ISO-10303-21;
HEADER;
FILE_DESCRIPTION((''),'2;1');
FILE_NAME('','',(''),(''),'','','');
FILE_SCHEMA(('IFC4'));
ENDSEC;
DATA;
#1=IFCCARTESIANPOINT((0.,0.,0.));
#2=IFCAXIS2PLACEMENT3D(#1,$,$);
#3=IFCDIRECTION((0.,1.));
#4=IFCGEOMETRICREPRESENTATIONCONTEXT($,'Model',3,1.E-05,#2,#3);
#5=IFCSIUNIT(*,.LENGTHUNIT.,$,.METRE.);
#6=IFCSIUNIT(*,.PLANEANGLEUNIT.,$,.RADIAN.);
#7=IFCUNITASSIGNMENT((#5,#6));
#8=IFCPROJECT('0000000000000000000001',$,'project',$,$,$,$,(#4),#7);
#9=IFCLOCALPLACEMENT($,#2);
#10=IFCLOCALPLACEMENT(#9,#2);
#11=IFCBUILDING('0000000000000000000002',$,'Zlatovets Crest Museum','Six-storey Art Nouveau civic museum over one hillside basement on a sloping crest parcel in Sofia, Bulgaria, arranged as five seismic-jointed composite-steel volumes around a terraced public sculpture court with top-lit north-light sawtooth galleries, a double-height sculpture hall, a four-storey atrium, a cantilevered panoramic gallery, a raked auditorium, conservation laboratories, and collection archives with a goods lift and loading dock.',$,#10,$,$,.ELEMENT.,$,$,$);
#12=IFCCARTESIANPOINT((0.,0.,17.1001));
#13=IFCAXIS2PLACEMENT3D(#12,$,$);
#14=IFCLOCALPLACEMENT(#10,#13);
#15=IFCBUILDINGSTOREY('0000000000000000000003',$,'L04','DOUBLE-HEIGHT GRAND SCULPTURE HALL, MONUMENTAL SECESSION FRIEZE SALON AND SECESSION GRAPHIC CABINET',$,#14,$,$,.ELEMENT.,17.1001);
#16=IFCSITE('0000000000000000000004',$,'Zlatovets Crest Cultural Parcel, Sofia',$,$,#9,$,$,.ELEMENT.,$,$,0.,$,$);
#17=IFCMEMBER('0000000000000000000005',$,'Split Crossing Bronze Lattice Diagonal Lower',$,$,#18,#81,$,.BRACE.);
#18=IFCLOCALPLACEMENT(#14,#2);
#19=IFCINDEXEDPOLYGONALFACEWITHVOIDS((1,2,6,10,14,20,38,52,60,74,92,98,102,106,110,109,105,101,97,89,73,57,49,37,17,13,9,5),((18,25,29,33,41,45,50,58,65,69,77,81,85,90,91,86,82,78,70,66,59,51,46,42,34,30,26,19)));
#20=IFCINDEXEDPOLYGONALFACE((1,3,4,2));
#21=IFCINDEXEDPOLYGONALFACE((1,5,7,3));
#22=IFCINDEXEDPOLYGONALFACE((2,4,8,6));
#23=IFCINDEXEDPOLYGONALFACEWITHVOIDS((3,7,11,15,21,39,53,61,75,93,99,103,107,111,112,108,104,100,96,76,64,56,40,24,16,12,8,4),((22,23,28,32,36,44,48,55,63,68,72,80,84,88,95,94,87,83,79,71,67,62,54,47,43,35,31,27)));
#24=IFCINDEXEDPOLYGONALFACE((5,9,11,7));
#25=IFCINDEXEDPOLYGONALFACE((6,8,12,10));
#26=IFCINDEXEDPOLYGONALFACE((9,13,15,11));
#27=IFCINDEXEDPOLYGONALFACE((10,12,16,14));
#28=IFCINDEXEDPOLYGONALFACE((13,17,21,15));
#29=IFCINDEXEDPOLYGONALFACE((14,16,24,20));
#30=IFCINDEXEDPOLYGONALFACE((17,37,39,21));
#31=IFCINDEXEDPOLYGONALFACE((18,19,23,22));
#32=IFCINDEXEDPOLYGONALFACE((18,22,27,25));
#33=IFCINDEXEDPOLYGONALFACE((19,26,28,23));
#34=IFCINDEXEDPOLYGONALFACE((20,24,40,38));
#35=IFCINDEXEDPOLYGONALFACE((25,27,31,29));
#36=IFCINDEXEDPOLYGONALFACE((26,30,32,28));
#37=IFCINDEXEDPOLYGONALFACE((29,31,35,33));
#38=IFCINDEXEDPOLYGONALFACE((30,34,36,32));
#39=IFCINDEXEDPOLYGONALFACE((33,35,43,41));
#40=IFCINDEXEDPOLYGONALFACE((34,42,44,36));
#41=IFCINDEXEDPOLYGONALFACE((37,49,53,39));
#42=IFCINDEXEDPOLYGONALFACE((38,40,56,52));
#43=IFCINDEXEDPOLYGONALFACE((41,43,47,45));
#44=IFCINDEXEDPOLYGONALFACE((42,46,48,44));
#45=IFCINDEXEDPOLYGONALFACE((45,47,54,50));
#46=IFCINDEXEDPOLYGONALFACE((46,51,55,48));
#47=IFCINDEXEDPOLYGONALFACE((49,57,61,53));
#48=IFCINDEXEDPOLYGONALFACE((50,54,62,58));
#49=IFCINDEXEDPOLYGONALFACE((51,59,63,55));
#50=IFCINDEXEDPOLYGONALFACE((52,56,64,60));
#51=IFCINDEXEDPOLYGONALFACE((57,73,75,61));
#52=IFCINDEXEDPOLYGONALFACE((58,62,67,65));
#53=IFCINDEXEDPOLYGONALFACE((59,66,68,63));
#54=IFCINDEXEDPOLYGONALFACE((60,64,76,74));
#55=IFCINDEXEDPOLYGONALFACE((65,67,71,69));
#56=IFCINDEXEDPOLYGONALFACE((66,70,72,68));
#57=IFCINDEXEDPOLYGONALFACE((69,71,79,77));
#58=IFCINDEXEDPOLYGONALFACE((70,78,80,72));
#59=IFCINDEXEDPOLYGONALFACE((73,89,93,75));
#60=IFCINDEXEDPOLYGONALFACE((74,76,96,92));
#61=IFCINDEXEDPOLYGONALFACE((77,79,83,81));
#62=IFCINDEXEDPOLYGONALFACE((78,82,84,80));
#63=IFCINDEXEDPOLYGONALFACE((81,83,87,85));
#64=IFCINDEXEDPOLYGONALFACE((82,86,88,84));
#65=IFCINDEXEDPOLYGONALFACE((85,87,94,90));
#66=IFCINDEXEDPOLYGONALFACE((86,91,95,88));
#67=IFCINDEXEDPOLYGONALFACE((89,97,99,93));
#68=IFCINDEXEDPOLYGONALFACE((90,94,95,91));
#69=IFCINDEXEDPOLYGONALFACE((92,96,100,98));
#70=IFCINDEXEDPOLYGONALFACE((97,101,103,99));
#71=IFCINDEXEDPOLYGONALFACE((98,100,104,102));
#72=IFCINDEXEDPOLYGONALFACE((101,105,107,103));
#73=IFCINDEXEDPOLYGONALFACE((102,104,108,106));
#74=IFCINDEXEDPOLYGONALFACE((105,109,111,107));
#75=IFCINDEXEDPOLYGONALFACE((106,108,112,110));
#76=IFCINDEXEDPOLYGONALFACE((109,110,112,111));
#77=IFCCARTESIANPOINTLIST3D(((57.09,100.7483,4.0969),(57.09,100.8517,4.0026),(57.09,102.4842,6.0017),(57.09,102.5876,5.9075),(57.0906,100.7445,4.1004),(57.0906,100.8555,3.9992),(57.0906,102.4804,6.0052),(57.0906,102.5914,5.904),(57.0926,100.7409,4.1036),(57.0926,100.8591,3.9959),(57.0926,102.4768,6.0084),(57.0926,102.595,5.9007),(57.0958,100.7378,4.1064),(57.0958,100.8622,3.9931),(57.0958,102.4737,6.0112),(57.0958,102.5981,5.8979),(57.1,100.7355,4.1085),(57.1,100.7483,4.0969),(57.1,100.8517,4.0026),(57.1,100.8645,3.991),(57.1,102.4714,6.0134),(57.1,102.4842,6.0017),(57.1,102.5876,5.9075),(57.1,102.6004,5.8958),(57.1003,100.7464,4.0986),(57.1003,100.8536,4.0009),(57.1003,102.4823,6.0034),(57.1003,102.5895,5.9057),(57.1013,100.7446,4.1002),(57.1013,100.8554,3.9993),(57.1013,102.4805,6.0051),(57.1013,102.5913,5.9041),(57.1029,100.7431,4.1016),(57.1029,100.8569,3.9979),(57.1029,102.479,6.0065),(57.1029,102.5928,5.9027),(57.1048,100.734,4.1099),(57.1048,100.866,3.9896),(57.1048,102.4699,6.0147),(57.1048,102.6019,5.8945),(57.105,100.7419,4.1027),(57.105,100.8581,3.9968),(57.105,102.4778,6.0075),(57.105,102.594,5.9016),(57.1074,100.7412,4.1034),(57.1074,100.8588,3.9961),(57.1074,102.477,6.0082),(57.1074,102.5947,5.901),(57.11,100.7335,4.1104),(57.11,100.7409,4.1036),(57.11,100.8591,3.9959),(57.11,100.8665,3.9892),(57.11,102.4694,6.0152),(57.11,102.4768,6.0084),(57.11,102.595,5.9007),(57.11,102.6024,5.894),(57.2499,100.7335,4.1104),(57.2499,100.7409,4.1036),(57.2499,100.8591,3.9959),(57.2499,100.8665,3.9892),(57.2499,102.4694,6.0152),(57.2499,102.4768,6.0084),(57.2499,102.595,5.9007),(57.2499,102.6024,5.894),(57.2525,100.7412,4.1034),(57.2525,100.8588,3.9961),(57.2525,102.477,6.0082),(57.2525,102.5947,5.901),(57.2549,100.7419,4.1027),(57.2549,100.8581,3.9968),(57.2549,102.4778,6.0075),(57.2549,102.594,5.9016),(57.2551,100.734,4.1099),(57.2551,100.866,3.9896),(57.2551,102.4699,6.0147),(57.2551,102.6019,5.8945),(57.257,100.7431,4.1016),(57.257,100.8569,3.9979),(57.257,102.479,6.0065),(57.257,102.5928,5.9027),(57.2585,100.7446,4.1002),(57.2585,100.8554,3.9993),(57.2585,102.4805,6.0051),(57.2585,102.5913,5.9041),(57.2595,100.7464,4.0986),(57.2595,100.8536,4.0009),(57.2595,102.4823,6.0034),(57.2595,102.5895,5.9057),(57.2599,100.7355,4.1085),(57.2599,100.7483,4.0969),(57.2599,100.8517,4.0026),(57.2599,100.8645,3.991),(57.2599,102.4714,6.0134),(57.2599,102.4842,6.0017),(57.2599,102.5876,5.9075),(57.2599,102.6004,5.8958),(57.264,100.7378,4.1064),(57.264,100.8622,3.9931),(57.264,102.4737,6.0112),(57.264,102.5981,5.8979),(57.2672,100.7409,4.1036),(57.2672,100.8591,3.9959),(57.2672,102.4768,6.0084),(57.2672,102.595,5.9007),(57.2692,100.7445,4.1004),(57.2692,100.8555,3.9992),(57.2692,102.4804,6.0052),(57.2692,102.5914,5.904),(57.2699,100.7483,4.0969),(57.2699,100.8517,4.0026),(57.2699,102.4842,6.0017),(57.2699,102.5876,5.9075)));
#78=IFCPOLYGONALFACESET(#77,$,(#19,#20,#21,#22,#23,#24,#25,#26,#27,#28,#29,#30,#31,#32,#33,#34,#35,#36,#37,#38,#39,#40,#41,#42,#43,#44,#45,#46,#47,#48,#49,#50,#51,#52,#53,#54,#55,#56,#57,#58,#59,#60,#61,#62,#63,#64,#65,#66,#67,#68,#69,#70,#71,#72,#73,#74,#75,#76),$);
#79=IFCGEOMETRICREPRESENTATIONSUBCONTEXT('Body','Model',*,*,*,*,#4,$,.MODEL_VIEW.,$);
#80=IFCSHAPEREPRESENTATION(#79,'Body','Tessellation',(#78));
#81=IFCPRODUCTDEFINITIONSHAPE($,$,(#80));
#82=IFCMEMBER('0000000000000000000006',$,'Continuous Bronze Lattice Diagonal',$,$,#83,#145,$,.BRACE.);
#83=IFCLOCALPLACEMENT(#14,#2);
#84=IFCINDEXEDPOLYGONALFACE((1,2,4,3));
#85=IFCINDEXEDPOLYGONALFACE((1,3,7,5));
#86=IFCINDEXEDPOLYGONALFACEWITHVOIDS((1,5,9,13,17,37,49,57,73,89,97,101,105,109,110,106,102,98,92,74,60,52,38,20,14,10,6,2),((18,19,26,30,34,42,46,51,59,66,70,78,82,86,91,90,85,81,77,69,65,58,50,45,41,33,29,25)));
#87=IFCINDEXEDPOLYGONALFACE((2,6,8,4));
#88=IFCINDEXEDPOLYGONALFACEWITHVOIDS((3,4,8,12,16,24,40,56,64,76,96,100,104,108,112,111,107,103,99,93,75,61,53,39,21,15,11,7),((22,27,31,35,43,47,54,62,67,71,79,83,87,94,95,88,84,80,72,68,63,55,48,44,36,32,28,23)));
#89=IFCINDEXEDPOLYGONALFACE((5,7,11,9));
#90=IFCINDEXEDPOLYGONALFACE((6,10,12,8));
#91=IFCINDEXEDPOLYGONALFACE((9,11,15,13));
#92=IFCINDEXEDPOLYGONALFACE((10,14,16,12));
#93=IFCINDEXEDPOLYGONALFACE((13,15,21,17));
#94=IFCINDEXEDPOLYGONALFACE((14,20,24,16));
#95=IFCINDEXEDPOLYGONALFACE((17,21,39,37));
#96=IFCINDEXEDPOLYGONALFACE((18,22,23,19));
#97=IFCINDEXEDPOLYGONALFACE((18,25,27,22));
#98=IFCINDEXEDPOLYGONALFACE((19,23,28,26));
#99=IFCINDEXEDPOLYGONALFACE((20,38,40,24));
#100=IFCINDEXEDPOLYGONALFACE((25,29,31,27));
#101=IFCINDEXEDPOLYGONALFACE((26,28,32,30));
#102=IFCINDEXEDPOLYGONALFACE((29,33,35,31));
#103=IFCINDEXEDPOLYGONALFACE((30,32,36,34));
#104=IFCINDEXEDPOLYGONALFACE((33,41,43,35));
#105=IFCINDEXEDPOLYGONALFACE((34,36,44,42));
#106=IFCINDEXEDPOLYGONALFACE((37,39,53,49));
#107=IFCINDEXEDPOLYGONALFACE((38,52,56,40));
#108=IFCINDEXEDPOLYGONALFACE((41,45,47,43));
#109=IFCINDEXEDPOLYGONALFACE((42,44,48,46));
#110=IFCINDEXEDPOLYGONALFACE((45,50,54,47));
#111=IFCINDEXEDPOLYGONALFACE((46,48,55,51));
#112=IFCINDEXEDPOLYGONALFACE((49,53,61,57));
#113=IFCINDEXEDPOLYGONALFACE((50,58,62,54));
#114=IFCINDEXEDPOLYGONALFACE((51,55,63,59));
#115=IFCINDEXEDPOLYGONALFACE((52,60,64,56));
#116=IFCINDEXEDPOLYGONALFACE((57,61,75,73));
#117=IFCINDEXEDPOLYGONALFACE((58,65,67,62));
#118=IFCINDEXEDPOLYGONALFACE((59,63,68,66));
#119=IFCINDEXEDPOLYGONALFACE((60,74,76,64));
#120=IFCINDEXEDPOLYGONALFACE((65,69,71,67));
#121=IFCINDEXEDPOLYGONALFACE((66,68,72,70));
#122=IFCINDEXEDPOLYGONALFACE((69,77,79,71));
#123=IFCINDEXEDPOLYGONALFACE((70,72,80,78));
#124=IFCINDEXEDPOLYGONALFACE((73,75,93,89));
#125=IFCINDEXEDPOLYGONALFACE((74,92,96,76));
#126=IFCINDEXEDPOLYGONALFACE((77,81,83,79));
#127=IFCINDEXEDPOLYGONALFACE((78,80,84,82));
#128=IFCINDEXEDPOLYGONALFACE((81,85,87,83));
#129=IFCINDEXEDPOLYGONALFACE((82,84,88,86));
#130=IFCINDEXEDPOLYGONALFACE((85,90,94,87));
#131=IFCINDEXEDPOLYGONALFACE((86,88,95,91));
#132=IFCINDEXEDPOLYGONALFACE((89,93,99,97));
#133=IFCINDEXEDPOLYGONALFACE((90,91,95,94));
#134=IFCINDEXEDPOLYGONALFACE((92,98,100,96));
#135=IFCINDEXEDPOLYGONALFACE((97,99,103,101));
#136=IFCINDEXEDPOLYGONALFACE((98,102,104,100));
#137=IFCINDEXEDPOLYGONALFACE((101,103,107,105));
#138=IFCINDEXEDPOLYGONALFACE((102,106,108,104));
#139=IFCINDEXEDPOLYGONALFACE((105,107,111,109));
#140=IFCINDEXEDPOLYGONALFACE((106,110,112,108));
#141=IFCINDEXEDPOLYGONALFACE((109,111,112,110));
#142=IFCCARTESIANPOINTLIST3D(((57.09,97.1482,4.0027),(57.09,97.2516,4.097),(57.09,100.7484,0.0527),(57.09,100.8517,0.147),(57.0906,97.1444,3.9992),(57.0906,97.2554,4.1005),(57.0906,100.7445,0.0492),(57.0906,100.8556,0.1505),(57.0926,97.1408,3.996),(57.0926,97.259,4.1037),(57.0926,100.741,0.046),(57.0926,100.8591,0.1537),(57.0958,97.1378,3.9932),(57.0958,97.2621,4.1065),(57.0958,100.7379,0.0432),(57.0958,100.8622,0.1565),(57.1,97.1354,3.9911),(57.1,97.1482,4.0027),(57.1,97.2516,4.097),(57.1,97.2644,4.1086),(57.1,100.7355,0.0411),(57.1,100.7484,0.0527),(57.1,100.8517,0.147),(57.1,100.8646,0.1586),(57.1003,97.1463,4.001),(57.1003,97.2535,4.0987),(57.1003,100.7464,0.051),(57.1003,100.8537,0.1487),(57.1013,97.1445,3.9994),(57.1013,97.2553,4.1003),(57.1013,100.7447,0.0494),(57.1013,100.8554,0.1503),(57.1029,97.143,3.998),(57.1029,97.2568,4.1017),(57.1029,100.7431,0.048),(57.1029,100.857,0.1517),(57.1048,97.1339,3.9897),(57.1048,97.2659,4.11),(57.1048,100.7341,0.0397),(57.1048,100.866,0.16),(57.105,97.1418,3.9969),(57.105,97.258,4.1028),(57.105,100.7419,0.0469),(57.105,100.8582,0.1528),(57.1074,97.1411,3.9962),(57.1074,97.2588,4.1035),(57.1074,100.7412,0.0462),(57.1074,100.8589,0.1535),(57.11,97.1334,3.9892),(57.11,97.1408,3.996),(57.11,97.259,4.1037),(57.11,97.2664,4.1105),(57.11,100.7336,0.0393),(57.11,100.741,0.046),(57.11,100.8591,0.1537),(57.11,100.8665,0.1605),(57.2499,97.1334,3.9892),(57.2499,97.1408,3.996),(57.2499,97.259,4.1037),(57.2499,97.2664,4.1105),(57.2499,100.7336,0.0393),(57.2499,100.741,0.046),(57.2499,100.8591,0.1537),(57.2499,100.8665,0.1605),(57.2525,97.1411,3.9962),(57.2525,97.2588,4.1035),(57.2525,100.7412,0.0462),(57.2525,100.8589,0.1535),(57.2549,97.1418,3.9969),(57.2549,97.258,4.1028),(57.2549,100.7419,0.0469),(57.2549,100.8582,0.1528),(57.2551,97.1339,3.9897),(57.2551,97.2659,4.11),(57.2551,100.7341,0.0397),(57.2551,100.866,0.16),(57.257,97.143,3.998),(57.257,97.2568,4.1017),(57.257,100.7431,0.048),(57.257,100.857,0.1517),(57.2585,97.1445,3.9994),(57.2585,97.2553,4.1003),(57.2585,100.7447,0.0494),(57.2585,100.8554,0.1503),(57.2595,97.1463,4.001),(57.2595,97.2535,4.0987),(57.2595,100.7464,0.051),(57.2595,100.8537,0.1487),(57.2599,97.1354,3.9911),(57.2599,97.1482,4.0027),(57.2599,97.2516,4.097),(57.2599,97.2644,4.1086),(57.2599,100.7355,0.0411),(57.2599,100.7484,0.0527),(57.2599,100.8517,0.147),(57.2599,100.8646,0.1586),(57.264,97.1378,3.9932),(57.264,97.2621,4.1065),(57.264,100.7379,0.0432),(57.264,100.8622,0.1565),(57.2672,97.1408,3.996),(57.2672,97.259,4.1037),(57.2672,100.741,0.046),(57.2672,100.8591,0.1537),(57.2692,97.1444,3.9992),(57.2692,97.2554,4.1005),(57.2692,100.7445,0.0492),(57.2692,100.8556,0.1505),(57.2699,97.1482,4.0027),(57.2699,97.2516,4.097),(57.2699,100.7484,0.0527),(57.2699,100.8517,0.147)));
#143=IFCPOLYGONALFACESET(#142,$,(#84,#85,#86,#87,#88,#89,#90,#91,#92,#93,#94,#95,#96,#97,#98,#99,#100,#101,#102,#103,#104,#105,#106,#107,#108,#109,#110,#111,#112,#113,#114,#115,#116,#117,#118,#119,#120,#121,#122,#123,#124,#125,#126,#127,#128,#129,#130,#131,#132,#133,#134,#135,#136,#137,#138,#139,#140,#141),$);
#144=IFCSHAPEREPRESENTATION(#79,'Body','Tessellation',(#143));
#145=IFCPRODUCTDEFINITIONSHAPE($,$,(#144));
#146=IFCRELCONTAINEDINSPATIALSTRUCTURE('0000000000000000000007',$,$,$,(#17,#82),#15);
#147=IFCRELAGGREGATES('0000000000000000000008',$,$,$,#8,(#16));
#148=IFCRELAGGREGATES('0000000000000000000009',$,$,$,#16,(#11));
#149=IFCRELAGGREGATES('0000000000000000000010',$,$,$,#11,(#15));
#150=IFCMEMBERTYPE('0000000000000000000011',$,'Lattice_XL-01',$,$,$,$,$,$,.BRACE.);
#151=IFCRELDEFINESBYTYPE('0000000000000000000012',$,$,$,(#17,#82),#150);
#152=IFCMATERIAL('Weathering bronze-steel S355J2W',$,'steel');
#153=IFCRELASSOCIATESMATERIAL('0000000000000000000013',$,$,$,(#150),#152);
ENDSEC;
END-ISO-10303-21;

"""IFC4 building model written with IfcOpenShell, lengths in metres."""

from ifc_helpers import new_model, si_unit, direction, frame, origin, origin_2d, place, context, subcontext, project, spatial, hollow_rectangle, extrude, material, material_profile, profile_set, type_object, element, save


model = new_model("IFC4")

# Units and contexts
model_context = context("Model", 3, precision=1e-05, world=origin(), true_north=direction((0.0, 1.0)))
body_context = subcontext(model_context, "Body", "Model", "MODEL_VIEW")
ifc_project = project(units=[si_unit("LENGTHUNIT", "METRE"), si_unit("PLANEANGLEUNIT", "RADIAN")], contexts=[model_context])

# Site, building, storey
site_placement = place(None, origin())
site = spatial("IfcSite", under=ifc_project, at=site_placement, Name="Zlatovets Crest Cultural Parcel, Sofia", CompositionType="ELEMENT", RefElevation=0.0)
building_placement = place(site_placement, origin())
building = spatial("IfcBuilding", under=site, at=building_placement, Name="Zlatovets Crest Museum", Description="Six-storey Art Nouveau civic museum over one hillside basement on a sloping crest parcel in Sofia, Bulgaria, arranged as five seismic-jointed composite-steel volumes around a terraced public sculpture court with top-lit north-light sawtooth galleries, a double-height sculpture hall, a four-storey atrium, a cantilevered panoramic gallery, a raked auditorium, conservation laboratories, and collection archives with a goods lift and loading dock.", CompositionType="ELEMENT")
storey_placement = place(building_placement, frame((0.0, 0.0, 17.1001)))
storey = spatial("IfcBuildingStorey", under=building, at=storey_placement, Name="L04", Description="DOUBLE-HEIGHT GRAND SCULPTURE HALL, MONUMENTAL SECESSION FRIEZE SALON AND SECESSION GRAPHIC CABINET", CompositionType="ELEMENT", Elevation=17.1001)

# Members
ifc_material_1 = material(Name="Weathering bronze-steel S355J2W", Category="steel")
ifc_material_profile_1 = material_profile(ifc_material_1, hollow_rectangle(XDim=0.1799, YDim=0.1799, WallThickness=0.01, InnerFilletRadius=0.01, OuterFilletRadius=0.02, at=origin_2d()), Name="SHS 180x180x10.0")
ifc_profile_set_1 = profile_set([ifc_material_profile_1], Name="Weathering bronze-steel S355J2W")
member_type_1 = type_object("IfcMemberType", Name="Lattice_XL-01", PredefinedType="BRACE", material=ifc_profile_set_1)
for number, where, z_axis, x_axis, name in (
    (1, (57.1799, 102.5359, 5.9546), (0.0, -0.673568, -0.739125), (1.0, 0.0, 0.0), "Split Crossing Bronze Lattice Diagonal Lower"),
):
    element("IfcMember", number, at=place(storey_placement, frame(where, z_axis=z_axis, x_axis=x_axis)), inside=storey, type_object=member_type_1, Name=name, PredefinedType="BRACE", context=body_context, shape_type="SweptSolid", body=[
        extrude(hollow_rectangle(XDim=0.1799, YDim=0.1799, WallThickness=0.01, InnerFilletRadius=0.01, OuterFilletRadius=0.02, at=origin_2d()), origin(), (0.0, 0.0, 1.0), 2.5771),
    ])
member_1_placement = place(storey_placement, frame((57.1799, 100.8, 0.0999), z_axis=(0.0, -0.673618, 0.73908), x_axis=(1.0, 0.0, 0.0)))
element("IfcMember", 2, at=member_1_placement, inside=storey, type_object=member_type_1, Name="Continuous Bronze Lattice Diagonal", PredefinedType="BRACE", context=body_context, shape_type="SweptSolid", body=[
    extrude(hollow_rectangle(XDim=0.1799, YDim=0.1799, WallThickness=0.01, InnerFilletRadius=0.01, OuterFilletRadius=0.02, at=origin_2d()), origin(), (0.0, 0.0, 1.0), 5.3445),
])

save(model, "model.ifc")
